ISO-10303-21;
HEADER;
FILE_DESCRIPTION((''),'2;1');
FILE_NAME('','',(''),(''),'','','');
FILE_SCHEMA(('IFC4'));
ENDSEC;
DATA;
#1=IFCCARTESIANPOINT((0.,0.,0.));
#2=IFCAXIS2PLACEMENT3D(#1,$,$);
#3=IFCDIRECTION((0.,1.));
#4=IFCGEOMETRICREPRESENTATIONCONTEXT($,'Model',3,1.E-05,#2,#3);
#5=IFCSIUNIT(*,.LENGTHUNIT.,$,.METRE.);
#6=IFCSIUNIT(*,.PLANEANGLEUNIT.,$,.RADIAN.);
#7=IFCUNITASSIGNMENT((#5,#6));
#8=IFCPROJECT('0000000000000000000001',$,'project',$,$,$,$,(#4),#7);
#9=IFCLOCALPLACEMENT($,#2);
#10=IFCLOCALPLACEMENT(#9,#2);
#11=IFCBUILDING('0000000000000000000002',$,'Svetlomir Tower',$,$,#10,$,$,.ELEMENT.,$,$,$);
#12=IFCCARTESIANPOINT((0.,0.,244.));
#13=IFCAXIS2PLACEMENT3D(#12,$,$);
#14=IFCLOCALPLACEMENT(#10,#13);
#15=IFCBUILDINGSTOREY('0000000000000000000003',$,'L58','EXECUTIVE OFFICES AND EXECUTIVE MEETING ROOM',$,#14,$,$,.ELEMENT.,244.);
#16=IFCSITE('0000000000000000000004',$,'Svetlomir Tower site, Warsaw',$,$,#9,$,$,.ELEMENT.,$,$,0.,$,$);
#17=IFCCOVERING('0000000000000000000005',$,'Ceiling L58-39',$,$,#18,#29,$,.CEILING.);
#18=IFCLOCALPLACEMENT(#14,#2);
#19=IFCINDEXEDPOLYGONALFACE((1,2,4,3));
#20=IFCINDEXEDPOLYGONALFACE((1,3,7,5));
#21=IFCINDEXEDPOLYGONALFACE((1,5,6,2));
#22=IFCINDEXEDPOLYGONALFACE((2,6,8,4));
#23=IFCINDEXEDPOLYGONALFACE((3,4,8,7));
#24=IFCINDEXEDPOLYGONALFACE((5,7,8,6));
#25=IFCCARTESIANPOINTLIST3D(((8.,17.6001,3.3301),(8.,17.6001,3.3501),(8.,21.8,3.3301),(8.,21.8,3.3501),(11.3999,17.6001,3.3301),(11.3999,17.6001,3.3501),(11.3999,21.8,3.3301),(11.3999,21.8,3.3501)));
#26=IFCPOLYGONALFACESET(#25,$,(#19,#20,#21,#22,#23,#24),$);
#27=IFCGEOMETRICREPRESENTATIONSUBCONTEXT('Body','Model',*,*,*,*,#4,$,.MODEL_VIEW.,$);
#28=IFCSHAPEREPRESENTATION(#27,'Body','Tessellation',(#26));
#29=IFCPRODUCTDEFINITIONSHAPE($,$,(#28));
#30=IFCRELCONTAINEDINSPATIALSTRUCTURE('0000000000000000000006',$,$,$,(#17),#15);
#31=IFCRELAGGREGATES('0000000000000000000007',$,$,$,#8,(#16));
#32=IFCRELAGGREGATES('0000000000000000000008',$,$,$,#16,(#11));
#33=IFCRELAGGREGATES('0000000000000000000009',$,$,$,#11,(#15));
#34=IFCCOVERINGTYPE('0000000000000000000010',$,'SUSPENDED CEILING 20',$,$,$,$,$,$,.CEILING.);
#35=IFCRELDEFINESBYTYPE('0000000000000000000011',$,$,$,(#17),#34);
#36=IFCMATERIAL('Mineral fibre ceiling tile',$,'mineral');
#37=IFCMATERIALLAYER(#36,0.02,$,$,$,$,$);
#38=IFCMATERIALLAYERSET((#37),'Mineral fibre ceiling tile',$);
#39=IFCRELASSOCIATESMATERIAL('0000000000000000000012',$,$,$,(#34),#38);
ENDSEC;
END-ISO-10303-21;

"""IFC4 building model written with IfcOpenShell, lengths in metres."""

from ifc_helpers import new_model, si_unit, direction, frame, origin, place, context, subcontext, project, spatial, polyline, outline, extrude, material, layer, layer_set, type_object, element, save


model = new_model("IFC4")

# Units and contexts
model_context = context("Model", 3, precision=1e-05, world=origin(), true_north=direction((0.0, 1.0)))
body_context = subcontext(model_context, "Body", "Model", "MODEL_VIEW")
ifc_project = project(units=[si_unit("LENGTHUNIT", "METRE"), si_unit("PLANEANGLEUNIT", "RADIAN")], contexts=[model_context])

# Site, building, storey
site_placement = place(None, origin())
site = spatial("IfcSite", under=ifc_project, at=site_placement, Name="Svetlomir Tower site, Warsaw", CompositionType="ELEMENT", RefElevation=0.0)
building_placement = place(site_placement, origin())
building = spatial("IfcBuilding", under=site, at=building_placement, Name="Svetlomir Tower", CompositionType="ELEMENT")
storey_placement = place(building_placement, frame((0.0, 0.0, 244.0)))
storey = spatial("IfcBuildingStorey", under=building, at=storey_placement, Name="L58", Description="EXECUTIVE OFFICES AND EXECUTIVE MEETING ROOM", CompositionType="ELEMENT", Elevation=244.0)

# Covering
ifc_material_1 = material(Name="Mineral fibre ceiling tile", Category="mineral")
ifc_layer_1 = layer(ifc_material_1, 0.02)
ifc_layer_set_1 = layer_set([ifc_layer_1], Name="Mineral fibre ceiling tile")
covering_type_1 = type_object("IfcCoveringType", Name="SUSPENDED CEILING 20", PredefinedType="CEILING", material=ifc_layer_set_1)
covering_1_placement = place(storey_placement, frame((0.0, 0.0, 3.3301)))
element("IfcCovering", 1, at=covering_1_placement, inside=storey, type_object=covering_type_1, Name="Ceiling L58-39", PredefinedType="CEILING", context=body_context, shape_type="SweptSolid", body=[
    extrude(outline(polyline([(8.0, 17.6001), (8.0, 21.8), (11.3999, 21.8), (11.3999, 17.6001), (8.0, 17.6001)])), origin(), (0.0, 0.0, 1.0), 0.02),
])

save(model, "model.ifc")
